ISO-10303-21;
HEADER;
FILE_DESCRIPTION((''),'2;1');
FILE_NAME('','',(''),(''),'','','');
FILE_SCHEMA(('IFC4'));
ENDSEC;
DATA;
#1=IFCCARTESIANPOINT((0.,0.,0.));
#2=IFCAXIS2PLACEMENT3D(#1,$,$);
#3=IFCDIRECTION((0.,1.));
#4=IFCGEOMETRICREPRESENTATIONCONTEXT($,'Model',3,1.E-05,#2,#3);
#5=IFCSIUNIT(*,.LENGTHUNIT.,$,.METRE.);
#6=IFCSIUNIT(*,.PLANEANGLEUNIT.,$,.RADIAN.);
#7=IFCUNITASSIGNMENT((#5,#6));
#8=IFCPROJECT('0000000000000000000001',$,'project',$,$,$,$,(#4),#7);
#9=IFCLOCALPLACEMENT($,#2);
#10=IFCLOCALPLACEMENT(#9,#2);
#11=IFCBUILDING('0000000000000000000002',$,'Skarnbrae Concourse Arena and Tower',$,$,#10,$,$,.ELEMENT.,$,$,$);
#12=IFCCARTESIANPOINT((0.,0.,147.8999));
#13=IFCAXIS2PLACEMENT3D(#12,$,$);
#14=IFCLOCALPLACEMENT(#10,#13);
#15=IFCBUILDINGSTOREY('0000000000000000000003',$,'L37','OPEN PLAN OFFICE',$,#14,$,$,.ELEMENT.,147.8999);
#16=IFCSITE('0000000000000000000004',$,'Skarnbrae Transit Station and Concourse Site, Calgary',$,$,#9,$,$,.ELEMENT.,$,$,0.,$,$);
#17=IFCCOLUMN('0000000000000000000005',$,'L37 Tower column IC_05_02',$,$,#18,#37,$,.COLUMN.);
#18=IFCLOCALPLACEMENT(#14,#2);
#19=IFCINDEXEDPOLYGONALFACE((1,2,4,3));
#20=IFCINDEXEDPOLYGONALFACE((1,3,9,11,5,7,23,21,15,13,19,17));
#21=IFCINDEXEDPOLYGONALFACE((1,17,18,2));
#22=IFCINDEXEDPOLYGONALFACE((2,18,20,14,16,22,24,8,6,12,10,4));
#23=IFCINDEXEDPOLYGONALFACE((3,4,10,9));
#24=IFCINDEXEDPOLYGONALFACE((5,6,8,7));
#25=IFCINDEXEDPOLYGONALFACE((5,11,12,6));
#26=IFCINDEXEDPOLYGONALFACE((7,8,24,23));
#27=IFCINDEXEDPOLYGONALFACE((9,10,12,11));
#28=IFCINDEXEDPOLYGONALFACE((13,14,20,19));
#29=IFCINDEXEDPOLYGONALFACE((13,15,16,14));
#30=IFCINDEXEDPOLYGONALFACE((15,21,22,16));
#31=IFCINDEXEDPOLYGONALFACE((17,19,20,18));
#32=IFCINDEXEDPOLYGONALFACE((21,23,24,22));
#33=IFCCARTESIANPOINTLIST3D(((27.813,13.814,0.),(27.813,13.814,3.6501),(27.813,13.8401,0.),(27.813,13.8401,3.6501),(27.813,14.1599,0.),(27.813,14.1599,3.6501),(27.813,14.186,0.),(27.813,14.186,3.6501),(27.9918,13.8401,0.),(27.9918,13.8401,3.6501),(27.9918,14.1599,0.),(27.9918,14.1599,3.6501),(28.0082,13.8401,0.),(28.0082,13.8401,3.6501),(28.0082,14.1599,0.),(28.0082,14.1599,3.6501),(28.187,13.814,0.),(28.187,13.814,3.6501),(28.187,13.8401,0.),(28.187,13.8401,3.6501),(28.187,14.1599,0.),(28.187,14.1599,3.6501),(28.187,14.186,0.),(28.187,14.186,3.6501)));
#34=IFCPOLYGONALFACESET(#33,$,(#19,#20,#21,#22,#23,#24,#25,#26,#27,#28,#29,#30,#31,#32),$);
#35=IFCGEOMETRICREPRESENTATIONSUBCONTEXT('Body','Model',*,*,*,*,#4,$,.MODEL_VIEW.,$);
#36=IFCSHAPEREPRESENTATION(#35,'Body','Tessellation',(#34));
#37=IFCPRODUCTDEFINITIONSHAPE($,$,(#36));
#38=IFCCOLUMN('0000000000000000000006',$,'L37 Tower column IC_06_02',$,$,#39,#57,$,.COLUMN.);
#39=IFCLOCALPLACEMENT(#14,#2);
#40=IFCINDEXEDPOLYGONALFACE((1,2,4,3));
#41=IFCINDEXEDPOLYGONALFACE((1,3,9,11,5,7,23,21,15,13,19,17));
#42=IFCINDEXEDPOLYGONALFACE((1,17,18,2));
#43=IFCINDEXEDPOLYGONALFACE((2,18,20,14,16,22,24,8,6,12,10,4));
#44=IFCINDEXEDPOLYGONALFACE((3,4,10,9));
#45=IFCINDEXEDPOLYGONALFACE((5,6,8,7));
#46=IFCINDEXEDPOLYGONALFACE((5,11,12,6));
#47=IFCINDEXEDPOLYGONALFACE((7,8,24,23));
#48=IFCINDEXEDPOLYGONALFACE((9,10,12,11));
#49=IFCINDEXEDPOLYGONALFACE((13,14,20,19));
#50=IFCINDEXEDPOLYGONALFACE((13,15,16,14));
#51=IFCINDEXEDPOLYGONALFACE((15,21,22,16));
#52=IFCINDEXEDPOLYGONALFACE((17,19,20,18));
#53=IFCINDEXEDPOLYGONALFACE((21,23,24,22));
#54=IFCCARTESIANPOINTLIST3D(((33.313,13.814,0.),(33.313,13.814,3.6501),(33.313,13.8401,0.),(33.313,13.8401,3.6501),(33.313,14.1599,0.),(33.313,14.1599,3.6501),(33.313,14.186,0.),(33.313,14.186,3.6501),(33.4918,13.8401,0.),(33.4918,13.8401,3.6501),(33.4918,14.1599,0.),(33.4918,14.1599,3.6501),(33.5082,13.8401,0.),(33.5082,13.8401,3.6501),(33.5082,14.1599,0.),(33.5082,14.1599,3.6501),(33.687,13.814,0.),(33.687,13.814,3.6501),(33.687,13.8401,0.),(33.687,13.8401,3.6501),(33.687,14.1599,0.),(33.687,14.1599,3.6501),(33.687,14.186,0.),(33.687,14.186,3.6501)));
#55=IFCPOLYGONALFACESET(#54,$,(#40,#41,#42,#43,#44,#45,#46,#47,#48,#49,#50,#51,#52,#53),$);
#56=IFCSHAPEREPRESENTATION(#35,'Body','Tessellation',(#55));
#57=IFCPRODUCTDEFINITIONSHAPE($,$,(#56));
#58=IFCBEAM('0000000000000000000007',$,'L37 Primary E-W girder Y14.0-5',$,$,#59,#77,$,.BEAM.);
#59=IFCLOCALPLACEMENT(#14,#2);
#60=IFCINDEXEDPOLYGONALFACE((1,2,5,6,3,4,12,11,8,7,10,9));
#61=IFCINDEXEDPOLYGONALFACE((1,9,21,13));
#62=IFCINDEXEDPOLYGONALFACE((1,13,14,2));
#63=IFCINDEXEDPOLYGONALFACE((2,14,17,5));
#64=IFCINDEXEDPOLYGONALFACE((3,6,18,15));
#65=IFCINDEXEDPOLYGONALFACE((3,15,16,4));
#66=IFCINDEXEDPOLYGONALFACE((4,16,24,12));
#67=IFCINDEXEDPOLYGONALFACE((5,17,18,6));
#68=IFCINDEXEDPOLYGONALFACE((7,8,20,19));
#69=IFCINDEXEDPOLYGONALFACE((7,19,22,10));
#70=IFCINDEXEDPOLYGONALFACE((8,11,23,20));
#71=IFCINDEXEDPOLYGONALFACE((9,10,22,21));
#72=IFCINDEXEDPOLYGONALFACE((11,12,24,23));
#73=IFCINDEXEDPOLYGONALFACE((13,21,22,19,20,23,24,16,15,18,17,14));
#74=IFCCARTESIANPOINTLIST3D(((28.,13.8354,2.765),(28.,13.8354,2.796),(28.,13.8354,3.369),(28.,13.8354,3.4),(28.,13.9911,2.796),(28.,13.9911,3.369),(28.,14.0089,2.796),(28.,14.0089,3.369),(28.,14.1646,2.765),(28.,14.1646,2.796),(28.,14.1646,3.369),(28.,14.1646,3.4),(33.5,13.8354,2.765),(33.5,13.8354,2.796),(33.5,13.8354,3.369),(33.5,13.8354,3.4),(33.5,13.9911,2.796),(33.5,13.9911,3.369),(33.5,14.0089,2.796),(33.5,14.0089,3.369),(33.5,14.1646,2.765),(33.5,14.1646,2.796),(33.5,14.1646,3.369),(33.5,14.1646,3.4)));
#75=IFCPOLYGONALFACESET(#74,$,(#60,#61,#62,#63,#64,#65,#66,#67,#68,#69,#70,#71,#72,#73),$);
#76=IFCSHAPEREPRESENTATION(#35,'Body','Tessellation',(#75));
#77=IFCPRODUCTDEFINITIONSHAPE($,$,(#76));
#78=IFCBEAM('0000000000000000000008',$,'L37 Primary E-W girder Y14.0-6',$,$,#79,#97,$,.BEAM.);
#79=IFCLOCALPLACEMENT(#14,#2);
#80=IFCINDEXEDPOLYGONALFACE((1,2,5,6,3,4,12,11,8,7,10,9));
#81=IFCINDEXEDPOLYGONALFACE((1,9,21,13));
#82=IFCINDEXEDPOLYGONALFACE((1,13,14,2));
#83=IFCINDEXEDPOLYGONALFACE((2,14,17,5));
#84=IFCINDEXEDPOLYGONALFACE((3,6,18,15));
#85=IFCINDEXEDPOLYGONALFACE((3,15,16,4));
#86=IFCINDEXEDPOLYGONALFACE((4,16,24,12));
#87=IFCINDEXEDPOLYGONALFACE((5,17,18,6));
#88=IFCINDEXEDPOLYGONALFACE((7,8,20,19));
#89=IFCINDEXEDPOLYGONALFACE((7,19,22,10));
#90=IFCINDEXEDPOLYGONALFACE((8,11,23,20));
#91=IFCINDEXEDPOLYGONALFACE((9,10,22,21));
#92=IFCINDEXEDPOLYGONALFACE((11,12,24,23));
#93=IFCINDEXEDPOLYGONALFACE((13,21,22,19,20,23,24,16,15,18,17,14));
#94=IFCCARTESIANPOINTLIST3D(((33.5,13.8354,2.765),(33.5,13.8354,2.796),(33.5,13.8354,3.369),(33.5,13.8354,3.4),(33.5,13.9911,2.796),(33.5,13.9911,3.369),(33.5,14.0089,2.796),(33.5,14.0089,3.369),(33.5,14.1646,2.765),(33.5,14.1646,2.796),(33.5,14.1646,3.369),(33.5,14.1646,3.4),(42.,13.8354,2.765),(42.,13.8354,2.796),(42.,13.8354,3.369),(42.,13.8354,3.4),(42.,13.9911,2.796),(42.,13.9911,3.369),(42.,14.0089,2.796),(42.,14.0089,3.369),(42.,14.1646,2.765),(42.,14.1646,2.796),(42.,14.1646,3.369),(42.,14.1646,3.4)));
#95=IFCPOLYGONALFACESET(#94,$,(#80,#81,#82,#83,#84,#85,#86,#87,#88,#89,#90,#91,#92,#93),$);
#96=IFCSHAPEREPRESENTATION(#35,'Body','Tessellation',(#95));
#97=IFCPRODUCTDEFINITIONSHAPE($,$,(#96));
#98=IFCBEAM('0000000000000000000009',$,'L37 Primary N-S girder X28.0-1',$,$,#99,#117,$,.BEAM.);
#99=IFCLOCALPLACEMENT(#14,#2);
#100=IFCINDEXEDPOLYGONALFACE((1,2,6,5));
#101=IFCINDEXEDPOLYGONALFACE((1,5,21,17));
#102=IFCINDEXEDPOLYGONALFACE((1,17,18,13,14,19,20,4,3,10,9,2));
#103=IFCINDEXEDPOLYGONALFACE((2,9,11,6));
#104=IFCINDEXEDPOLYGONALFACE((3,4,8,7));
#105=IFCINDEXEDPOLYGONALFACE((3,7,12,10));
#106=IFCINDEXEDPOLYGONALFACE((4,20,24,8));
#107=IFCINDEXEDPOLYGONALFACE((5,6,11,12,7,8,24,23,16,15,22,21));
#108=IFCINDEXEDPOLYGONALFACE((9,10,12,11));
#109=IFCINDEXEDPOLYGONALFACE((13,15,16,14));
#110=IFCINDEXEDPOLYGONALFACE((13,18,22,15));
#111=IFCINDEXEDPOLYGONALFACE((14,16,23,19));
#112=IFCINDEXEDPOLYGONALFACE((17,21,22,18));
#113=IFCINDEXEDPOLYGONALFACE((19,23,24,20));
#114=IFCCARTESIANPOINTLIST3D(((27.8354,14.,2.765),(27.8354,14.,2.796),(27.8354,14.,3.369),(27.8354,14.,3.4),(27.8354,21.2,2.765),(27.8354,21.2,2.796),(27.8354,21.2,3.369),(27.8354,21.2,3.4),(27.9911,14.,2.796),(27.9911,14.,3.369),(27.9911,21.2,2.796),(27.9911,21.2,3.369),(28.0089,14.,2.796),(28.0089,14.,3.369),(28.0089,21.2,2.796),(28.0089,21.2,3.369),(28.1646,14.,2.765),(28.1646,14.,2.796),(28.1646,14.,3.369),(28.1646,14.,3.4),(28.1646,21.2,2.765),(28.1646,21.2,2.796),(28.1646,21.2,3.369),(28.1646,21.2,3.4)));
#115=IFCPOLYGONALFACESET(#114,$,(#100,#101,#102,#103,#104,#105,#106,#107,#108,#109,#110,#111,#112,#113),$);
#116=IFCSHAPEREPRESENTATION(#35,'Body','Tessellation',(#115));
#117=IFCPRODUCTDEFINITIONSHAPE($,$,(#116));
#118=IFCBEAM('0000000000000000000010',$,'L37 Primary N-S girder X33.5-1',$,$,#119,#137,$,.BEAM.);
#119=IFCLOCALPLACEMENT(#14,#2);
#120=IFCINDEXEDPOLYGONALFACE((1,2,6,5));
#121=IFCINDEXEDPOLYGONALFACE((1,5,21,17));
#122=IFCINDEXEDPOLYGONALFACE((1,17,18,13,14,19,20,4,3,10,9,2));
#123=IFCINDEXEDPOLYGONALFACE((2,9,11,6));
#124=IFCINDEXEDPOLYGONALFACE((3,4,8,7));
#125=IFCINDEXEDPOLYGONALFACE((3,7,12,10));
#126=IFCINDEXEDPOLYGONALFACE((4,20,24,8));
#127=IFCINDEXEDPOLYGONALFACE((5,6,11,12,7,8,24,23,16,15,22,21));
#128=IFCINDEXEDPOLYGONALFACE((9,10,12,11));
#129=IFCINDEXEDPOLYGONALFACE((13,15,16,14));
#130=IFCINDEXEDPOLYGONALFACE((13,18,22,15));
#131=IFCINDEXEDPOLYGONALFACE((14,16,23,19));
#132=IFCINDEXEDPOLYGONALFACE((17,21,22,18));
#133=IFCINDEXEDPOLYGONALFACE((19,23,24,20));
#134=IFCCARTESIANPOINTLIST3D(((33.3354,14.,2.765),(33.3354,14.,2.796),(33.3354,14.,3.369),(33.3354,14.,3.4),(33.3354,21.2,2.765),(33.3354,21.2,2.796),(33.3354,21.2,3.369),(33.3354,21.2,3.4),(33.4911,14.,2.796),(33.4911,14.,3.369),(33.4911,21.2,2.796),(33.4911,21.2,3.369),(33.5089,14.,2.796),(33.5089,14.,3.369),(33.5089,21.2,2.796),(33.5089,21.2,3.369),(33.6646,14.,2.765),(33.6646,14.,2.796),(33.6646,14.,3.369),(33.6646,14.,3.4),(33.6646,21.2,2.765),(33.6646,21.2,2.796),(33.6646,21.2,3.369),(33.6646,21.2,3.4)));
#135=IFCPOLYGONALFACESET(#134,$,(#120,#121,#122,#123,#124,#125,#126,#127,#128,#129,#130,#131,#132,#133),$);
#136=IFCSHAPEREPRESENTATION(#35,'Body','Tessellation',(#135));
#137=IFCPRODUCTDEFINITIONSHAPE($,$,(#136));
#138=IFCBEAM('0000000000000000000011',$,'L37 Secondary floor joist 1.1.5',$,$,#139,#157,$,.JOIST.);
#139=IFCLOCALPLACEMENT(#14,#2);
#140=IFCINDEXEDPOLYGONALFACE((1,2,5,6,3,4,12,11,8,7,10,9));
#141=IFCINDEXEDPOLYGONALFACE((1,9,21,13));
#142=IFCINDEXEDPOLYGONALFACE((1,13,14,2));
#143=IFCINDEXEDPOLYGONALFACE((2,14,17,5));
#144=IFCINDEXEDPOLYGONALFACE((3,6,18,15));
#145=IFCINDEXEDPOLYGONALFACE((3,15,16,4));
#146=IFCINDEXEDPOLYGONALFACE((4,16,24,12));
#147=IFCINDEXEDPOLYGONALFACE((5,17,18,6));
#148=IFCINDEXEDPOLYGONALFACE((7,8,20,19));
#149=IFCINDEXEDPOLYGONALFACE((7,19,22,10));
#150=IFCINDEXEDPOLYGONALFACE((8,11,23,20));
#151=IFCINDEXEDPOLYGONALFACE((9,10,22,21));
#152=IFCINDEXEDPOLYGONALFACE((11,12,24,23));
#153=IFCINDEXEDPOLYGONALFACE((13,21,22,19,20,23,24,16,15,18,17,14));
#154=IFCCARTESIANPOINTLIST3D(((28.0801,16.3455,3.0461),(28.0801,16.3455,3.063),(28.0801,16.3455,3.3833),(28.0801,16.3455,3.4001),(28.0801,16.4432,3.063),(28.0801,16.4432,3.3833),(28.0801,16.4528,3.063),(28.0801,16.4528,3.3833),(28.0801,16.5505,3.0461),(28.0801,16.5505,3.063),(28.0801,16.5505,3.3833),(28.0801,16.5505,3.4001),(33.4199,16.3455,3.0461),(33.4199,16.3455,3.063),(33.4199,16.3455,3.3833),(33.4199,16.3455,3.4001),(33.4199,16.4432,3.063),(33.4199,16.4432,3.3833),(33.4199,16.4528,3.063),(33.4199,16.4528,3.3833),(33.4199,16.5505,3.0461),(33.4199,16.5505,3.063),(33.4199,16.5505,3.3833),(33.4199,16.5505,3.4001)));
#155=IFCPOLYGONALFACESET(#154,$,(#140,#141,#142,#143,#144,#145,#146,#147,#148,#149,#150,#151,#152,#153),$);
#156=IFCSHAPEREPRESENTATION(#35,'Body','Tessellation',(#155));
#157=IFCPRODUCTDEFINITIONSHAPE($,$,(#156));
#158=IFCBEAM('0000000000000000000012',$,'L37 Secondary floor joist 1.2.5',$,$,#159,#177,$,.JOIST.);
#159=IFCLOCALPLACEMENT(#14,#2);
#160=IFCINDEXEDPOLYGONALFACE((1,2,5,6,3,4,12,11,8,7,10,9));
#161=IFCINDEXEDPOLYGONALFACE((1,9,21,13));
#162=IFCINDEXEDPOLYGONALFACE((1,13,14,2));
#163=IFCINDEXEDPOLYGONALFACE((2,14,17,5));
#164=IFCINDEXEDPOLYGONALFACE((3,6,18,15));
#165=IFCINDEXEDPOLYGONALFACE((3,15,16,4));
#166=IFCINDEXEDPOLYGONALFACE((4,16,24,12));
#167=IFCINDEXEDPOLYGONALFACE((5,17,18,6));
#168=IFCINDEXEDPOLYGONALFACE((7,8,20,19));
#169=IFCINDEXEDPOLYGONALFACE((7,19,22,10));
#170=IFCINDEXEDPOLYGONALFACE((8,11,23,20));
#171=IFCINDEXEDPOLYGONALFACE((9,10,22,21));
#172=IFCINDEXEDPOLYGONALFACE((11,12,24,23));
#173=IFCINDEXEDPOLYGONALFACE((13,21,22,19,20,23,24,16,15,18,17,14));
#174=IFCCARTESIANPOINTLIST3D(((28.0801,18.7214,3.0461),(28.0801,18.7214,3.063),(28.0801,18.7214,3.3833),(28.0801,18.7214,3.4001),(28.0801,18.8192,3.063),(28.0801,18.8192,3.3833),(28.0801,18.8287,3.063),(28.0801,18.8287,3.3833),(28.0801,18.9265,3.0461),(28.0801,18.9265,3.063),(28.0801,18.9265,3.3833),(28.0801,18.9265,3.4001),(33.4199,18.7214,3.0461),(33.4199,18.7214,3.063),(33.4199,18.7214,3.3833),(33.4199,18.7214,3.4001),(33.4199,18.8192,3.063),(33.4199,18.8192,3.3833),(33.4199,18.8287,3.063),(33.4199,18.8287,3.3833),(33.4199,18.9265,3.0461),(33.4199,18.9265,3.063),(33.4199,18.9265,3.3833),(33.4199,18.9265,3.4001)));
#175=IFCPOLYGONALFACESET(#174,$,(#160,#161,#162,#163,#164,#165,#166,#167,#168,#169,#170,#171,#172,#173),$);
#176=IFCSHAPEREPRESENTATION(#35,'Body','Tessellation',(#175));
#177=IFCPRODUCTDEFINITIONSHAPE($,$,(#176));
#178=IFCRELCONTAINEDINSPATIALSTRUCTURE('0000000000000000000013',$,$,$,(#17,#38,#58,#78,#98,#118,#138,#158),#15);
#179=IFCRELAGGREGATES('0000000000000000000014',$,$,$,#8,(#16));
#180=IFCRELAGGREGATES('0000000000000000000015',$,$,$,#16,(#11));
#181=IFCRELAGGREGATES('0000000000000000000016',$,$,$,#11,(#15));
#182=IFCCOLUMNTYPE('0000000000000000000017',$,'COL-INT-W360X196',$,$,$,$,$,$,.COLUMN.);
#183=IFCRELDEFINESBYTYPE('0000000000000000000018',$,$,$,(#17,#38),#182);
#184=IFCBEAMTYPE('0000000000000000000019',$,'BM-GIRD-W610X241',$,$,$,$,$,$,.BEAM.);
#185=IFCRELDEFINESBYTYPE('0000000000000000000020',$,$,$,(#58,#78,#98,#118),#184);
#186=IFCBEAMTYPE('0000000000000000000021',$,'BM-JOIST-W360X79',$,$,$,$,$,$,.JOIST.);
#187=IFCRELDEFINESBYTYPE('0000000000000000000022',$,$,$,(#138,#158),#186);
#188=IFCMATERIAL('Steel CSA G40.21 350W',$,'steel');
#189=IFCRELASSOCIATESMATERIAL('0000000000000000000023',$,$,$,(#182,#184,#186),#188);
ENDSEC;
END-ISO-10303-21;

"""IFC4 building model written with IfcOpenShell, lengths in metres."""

from ifc_helpers import new_model, si_unit, direction, frame, origin, origin_2d, place, context, subcontext, project, spatial, i_section, extrude, source, transform, mapped, material, material_profile, profile_set, type_object, element, save


model = new_model("IFC4")

# Units and contexts
model_context = context("Model", 3, precision=1e-05, world=origin(), true_north=direction((0.0, 1.0)))
body_context = subcontext(model_context, "Body", "Model", "MODEL_VIEW")
ifc_project = project(units=[si_unit("LENGTHUNIT", "METRE"), si_unit("PLANEANGLEUNIT", "RADIAN")], contexts=[model_context])

# Site, building, storey
site_placement = place(None, origin())
site = spatial("IfcSite", under=ifc_project, at=site_placement, Name="Skarnbrae Transit Station and Concourse Site, Calgary", CompositionType="ELEMENT", RefElevation=0.0)
building_placement = place(site_placement, origin())
building = spatial("IfcBuilding", under=site, at=building_placement, Name="Skarnbrae Concourse Arena and Tower", CompositionType="ELEMENT")
storey_placement = place(building_placement, frame((0.0, 0.0, 147.8999)))
storey = spatial("IfcBuildingStorey", under=building, at=storey_placement, Name="L37", Description="OPEN PLAN OFFICE", CompositionType="ELEMENT", Elevation=147.8999)

# Columns
ifc_material_1 = material(Name="Steel CSA G40.21 350W", Category="steel")
ifc_material_profile_1 = material_profile(ifc_material_1, i_section(OverallWidth=0.374, OverallDepth=0.3721, WebThickness=0.0164, FlangeThickness=0.0261, at=origin_2d()), Name="W360X196")
ifc_profile_set_1 = profile_set([ifc_material_profile_1], Name="Steel CSA G40.21 350W")
column_type = type_object("IfcColumnType", Name="COL-INT-W360X196", PredefinedType="COLUMN", material=ifc_profile_set_1)
shared_shape_1 = source(origin(), body_context, "Body", "SweptSolid", [
    extrude(i_section(OverallWidth=0.374, OverallDepth=0.3721, WebThickness=0.0164, FlangeThickness=0.0261, at=origin_2d()), origin(), (0.0, 0.0, 1.0), 3.6501),
])
for number, where, z_axis, x_axis, name in (
    (1, (28.0, 14.0, 0.0), (0.0, 0.0, 1.0), (1.0, 0.0, 0.0), "L37 Tower column IC_05_02"),
    (2, (33.5, 14.0, 0.0), (0.0, 0.0, 1.0), (1.0, 0.0, 0.0), "L37 Tower column IC_06_02"),
):
    element("IfcColumn", number, at=place(storey_placement, frame(where, z_axis=z_axis, x_axis=x_axis)), inside=storey, type_object=column_type, Name=name, PredefinedType="COLUMN", context=body_context, shape_type="MappedRepresentation", body=[
        mapped(shared_shape_1, transform((0.0, 0.0, 0.0))),
    ])

# Beams
ifc_material_profile_2 = material_profile(ifc_material_1, i_section(OverallWidth=0.3291, OverallDepth=0.635, WebThickness=0.0178, FlangeThickness=0.031, at=origin_2d()), Name="W610X241")
ifc_profile_set_2 = profile_set([ifc_material_profile_2], Name="Steel CSA G40.21 350W")
beam_type_1 = type_object("IfcBeamType", Name="BM-GIRD-W610X241", PredefinedType="BEAM", material=ifc_profile_set_2)
shared_shape_2 = source(origin(), body_context, "Body", "SweptSolid", [
    extrude(i_section(OverallWidth=0.3291, OverallDepth=0.635, WebThickness=0.0178, FlangeThickness=0.031, at=origin_2d()), origin(), (0.0, 0.0, 1.0), 5.5),
])
beam_1_placement = place(storey_placement, frame((28.0, 14.0, 3.0825), z_axis=(1.0, 0.0, 0.0), x_axis=(0.0, 1.0, 0.0)))
element("IfcBeam", 3, at=beam_1_placement, inside=storey, type_object=beam_type_1, Name="L37 Primary E-W girder Y14.0-5", PredefinedType="BEAM", context=body_context, shape_type="MappedRepresentation", body=[
    mapped(shared_shape_2, transform((0.0, 0.0, 0.0))),
])
shared_shape_3 = source(origin(), body_context, "Body", "SweptSolid", [
    extrude(i_section(OverallWidth=0.3291, OverallDepth=0.635, WebThickness=0.0178, FlangeThickness=0.031, at=origin_2d()), origin(), (0.0, 0.0, 1.0), 8.5),
])
beam_2_placement = place(storey_placement, frame((33.5, 14.0, 3.0825), z_axis=(1.0, 0.0, 0.0), x_axis=(0.0, 1.0, 0.0)))
element("IfcBeam", 4, at=beam_2_placement, inside=storey, type_object=beam_type_1, Name="L37 Primary E-W girder Y14.0-6", PredefinedType="BEAM", context=body_context, shape_type="MappedRepresentation", body=[
    mapped(shared_shape_3, transform((0.0, 0.0, 0.0))),
])
shared_shape_4 = source(origin(), body_context, "Body", "SweptSolid", [
    extrude(i_section(OverallWidth=0.3291, OverallDepth=0.635, WebThickness=0.0178, FlangeThickness=0.031, at=origin_2d()), origin(), (0.0, 0.0, 1.0), 7.2),
])
for number, where, z_axis, x_axis, name in (
    (5, (28.0, 14.0, 3.0825), (0.0, 1.0, 0.0), (-1.0, 0.0, 0.0), "L37 Primary N-S girder X28.0-1"),
    (6, (33.5, 14.0, 3.0825), (0.0, 1.0, 0.0), (-1.0, 0.0, 0.0), "L37 Primary N-S girder X33.5-1"),
):
    element("IfcBeam", number, at=place(storey_placement, frame(where, z_axis=z_axis, x_axis=x_axis)), inside=storey, type_object=beam_type_1, Name=name, PredefinedType="BEAM", context=body_context, shape_type="MappedRepresentation", body=[
        mapped(shared_shape_4, transform((0.0, 0.0, 0.0))),
    ])
ifc_material_profile_3 = material_profile(ifc_material_1, i_section(OverallWidth=0.2051, OverallDepth=0.354, WebThickness=0.0095, FlangeThickness=0.0168, at=origin_2d()), Name="W360X79")
ifc_profile_set_3 = profile_set([ifc_material_profile_3], Name="Steel CSA G40.21 350W")
beam_type_2 = type_object("IfcBeamType", Name="BM-JOIST-W360X79", PredefinedType="JOIST", material=ifc_profile_set_3)
shared_shape_5 = source(origin(), body_context, "Body", "SweptSolid", [
    extrude(i_section(OverallWidth=0.2051, OverallDepth=0.354, WebThickness=0.0095, FlangeThickness=0.0168, at=origin_2d()), origin(), (0.0, 0.0, 1.0), 5.3398),
])
for number, where, z_axis, x_axis, name in (
    (7, (28.0801, 16.448, 3.2231), (1.0, 0.0, 0.0), (0.0, 1.0, 0.0), "L37 Secondary floor joist 1.1.5"),
    (8, (28.0801, 18.824, 3.2231), (1.0, 0.0, 0.0), (0.0, 1.0, 0.0), "L37 Secondary floor joist 1.2.5"),
):
    element("IfcBeam", number, at=place(storey_placement, frame(where, z_axis=z_axis, x_axis=x_axis)), inside=storey, type_object=beam_type_2, Name=name, PredefinedType="JOIST", context=body_context, shape_type="MappedRepresentation", body=[
        mapped(shared_shape_5, transform((0.0, 0.0, 0.0))),
    ])

save(model, "model.ifc")
